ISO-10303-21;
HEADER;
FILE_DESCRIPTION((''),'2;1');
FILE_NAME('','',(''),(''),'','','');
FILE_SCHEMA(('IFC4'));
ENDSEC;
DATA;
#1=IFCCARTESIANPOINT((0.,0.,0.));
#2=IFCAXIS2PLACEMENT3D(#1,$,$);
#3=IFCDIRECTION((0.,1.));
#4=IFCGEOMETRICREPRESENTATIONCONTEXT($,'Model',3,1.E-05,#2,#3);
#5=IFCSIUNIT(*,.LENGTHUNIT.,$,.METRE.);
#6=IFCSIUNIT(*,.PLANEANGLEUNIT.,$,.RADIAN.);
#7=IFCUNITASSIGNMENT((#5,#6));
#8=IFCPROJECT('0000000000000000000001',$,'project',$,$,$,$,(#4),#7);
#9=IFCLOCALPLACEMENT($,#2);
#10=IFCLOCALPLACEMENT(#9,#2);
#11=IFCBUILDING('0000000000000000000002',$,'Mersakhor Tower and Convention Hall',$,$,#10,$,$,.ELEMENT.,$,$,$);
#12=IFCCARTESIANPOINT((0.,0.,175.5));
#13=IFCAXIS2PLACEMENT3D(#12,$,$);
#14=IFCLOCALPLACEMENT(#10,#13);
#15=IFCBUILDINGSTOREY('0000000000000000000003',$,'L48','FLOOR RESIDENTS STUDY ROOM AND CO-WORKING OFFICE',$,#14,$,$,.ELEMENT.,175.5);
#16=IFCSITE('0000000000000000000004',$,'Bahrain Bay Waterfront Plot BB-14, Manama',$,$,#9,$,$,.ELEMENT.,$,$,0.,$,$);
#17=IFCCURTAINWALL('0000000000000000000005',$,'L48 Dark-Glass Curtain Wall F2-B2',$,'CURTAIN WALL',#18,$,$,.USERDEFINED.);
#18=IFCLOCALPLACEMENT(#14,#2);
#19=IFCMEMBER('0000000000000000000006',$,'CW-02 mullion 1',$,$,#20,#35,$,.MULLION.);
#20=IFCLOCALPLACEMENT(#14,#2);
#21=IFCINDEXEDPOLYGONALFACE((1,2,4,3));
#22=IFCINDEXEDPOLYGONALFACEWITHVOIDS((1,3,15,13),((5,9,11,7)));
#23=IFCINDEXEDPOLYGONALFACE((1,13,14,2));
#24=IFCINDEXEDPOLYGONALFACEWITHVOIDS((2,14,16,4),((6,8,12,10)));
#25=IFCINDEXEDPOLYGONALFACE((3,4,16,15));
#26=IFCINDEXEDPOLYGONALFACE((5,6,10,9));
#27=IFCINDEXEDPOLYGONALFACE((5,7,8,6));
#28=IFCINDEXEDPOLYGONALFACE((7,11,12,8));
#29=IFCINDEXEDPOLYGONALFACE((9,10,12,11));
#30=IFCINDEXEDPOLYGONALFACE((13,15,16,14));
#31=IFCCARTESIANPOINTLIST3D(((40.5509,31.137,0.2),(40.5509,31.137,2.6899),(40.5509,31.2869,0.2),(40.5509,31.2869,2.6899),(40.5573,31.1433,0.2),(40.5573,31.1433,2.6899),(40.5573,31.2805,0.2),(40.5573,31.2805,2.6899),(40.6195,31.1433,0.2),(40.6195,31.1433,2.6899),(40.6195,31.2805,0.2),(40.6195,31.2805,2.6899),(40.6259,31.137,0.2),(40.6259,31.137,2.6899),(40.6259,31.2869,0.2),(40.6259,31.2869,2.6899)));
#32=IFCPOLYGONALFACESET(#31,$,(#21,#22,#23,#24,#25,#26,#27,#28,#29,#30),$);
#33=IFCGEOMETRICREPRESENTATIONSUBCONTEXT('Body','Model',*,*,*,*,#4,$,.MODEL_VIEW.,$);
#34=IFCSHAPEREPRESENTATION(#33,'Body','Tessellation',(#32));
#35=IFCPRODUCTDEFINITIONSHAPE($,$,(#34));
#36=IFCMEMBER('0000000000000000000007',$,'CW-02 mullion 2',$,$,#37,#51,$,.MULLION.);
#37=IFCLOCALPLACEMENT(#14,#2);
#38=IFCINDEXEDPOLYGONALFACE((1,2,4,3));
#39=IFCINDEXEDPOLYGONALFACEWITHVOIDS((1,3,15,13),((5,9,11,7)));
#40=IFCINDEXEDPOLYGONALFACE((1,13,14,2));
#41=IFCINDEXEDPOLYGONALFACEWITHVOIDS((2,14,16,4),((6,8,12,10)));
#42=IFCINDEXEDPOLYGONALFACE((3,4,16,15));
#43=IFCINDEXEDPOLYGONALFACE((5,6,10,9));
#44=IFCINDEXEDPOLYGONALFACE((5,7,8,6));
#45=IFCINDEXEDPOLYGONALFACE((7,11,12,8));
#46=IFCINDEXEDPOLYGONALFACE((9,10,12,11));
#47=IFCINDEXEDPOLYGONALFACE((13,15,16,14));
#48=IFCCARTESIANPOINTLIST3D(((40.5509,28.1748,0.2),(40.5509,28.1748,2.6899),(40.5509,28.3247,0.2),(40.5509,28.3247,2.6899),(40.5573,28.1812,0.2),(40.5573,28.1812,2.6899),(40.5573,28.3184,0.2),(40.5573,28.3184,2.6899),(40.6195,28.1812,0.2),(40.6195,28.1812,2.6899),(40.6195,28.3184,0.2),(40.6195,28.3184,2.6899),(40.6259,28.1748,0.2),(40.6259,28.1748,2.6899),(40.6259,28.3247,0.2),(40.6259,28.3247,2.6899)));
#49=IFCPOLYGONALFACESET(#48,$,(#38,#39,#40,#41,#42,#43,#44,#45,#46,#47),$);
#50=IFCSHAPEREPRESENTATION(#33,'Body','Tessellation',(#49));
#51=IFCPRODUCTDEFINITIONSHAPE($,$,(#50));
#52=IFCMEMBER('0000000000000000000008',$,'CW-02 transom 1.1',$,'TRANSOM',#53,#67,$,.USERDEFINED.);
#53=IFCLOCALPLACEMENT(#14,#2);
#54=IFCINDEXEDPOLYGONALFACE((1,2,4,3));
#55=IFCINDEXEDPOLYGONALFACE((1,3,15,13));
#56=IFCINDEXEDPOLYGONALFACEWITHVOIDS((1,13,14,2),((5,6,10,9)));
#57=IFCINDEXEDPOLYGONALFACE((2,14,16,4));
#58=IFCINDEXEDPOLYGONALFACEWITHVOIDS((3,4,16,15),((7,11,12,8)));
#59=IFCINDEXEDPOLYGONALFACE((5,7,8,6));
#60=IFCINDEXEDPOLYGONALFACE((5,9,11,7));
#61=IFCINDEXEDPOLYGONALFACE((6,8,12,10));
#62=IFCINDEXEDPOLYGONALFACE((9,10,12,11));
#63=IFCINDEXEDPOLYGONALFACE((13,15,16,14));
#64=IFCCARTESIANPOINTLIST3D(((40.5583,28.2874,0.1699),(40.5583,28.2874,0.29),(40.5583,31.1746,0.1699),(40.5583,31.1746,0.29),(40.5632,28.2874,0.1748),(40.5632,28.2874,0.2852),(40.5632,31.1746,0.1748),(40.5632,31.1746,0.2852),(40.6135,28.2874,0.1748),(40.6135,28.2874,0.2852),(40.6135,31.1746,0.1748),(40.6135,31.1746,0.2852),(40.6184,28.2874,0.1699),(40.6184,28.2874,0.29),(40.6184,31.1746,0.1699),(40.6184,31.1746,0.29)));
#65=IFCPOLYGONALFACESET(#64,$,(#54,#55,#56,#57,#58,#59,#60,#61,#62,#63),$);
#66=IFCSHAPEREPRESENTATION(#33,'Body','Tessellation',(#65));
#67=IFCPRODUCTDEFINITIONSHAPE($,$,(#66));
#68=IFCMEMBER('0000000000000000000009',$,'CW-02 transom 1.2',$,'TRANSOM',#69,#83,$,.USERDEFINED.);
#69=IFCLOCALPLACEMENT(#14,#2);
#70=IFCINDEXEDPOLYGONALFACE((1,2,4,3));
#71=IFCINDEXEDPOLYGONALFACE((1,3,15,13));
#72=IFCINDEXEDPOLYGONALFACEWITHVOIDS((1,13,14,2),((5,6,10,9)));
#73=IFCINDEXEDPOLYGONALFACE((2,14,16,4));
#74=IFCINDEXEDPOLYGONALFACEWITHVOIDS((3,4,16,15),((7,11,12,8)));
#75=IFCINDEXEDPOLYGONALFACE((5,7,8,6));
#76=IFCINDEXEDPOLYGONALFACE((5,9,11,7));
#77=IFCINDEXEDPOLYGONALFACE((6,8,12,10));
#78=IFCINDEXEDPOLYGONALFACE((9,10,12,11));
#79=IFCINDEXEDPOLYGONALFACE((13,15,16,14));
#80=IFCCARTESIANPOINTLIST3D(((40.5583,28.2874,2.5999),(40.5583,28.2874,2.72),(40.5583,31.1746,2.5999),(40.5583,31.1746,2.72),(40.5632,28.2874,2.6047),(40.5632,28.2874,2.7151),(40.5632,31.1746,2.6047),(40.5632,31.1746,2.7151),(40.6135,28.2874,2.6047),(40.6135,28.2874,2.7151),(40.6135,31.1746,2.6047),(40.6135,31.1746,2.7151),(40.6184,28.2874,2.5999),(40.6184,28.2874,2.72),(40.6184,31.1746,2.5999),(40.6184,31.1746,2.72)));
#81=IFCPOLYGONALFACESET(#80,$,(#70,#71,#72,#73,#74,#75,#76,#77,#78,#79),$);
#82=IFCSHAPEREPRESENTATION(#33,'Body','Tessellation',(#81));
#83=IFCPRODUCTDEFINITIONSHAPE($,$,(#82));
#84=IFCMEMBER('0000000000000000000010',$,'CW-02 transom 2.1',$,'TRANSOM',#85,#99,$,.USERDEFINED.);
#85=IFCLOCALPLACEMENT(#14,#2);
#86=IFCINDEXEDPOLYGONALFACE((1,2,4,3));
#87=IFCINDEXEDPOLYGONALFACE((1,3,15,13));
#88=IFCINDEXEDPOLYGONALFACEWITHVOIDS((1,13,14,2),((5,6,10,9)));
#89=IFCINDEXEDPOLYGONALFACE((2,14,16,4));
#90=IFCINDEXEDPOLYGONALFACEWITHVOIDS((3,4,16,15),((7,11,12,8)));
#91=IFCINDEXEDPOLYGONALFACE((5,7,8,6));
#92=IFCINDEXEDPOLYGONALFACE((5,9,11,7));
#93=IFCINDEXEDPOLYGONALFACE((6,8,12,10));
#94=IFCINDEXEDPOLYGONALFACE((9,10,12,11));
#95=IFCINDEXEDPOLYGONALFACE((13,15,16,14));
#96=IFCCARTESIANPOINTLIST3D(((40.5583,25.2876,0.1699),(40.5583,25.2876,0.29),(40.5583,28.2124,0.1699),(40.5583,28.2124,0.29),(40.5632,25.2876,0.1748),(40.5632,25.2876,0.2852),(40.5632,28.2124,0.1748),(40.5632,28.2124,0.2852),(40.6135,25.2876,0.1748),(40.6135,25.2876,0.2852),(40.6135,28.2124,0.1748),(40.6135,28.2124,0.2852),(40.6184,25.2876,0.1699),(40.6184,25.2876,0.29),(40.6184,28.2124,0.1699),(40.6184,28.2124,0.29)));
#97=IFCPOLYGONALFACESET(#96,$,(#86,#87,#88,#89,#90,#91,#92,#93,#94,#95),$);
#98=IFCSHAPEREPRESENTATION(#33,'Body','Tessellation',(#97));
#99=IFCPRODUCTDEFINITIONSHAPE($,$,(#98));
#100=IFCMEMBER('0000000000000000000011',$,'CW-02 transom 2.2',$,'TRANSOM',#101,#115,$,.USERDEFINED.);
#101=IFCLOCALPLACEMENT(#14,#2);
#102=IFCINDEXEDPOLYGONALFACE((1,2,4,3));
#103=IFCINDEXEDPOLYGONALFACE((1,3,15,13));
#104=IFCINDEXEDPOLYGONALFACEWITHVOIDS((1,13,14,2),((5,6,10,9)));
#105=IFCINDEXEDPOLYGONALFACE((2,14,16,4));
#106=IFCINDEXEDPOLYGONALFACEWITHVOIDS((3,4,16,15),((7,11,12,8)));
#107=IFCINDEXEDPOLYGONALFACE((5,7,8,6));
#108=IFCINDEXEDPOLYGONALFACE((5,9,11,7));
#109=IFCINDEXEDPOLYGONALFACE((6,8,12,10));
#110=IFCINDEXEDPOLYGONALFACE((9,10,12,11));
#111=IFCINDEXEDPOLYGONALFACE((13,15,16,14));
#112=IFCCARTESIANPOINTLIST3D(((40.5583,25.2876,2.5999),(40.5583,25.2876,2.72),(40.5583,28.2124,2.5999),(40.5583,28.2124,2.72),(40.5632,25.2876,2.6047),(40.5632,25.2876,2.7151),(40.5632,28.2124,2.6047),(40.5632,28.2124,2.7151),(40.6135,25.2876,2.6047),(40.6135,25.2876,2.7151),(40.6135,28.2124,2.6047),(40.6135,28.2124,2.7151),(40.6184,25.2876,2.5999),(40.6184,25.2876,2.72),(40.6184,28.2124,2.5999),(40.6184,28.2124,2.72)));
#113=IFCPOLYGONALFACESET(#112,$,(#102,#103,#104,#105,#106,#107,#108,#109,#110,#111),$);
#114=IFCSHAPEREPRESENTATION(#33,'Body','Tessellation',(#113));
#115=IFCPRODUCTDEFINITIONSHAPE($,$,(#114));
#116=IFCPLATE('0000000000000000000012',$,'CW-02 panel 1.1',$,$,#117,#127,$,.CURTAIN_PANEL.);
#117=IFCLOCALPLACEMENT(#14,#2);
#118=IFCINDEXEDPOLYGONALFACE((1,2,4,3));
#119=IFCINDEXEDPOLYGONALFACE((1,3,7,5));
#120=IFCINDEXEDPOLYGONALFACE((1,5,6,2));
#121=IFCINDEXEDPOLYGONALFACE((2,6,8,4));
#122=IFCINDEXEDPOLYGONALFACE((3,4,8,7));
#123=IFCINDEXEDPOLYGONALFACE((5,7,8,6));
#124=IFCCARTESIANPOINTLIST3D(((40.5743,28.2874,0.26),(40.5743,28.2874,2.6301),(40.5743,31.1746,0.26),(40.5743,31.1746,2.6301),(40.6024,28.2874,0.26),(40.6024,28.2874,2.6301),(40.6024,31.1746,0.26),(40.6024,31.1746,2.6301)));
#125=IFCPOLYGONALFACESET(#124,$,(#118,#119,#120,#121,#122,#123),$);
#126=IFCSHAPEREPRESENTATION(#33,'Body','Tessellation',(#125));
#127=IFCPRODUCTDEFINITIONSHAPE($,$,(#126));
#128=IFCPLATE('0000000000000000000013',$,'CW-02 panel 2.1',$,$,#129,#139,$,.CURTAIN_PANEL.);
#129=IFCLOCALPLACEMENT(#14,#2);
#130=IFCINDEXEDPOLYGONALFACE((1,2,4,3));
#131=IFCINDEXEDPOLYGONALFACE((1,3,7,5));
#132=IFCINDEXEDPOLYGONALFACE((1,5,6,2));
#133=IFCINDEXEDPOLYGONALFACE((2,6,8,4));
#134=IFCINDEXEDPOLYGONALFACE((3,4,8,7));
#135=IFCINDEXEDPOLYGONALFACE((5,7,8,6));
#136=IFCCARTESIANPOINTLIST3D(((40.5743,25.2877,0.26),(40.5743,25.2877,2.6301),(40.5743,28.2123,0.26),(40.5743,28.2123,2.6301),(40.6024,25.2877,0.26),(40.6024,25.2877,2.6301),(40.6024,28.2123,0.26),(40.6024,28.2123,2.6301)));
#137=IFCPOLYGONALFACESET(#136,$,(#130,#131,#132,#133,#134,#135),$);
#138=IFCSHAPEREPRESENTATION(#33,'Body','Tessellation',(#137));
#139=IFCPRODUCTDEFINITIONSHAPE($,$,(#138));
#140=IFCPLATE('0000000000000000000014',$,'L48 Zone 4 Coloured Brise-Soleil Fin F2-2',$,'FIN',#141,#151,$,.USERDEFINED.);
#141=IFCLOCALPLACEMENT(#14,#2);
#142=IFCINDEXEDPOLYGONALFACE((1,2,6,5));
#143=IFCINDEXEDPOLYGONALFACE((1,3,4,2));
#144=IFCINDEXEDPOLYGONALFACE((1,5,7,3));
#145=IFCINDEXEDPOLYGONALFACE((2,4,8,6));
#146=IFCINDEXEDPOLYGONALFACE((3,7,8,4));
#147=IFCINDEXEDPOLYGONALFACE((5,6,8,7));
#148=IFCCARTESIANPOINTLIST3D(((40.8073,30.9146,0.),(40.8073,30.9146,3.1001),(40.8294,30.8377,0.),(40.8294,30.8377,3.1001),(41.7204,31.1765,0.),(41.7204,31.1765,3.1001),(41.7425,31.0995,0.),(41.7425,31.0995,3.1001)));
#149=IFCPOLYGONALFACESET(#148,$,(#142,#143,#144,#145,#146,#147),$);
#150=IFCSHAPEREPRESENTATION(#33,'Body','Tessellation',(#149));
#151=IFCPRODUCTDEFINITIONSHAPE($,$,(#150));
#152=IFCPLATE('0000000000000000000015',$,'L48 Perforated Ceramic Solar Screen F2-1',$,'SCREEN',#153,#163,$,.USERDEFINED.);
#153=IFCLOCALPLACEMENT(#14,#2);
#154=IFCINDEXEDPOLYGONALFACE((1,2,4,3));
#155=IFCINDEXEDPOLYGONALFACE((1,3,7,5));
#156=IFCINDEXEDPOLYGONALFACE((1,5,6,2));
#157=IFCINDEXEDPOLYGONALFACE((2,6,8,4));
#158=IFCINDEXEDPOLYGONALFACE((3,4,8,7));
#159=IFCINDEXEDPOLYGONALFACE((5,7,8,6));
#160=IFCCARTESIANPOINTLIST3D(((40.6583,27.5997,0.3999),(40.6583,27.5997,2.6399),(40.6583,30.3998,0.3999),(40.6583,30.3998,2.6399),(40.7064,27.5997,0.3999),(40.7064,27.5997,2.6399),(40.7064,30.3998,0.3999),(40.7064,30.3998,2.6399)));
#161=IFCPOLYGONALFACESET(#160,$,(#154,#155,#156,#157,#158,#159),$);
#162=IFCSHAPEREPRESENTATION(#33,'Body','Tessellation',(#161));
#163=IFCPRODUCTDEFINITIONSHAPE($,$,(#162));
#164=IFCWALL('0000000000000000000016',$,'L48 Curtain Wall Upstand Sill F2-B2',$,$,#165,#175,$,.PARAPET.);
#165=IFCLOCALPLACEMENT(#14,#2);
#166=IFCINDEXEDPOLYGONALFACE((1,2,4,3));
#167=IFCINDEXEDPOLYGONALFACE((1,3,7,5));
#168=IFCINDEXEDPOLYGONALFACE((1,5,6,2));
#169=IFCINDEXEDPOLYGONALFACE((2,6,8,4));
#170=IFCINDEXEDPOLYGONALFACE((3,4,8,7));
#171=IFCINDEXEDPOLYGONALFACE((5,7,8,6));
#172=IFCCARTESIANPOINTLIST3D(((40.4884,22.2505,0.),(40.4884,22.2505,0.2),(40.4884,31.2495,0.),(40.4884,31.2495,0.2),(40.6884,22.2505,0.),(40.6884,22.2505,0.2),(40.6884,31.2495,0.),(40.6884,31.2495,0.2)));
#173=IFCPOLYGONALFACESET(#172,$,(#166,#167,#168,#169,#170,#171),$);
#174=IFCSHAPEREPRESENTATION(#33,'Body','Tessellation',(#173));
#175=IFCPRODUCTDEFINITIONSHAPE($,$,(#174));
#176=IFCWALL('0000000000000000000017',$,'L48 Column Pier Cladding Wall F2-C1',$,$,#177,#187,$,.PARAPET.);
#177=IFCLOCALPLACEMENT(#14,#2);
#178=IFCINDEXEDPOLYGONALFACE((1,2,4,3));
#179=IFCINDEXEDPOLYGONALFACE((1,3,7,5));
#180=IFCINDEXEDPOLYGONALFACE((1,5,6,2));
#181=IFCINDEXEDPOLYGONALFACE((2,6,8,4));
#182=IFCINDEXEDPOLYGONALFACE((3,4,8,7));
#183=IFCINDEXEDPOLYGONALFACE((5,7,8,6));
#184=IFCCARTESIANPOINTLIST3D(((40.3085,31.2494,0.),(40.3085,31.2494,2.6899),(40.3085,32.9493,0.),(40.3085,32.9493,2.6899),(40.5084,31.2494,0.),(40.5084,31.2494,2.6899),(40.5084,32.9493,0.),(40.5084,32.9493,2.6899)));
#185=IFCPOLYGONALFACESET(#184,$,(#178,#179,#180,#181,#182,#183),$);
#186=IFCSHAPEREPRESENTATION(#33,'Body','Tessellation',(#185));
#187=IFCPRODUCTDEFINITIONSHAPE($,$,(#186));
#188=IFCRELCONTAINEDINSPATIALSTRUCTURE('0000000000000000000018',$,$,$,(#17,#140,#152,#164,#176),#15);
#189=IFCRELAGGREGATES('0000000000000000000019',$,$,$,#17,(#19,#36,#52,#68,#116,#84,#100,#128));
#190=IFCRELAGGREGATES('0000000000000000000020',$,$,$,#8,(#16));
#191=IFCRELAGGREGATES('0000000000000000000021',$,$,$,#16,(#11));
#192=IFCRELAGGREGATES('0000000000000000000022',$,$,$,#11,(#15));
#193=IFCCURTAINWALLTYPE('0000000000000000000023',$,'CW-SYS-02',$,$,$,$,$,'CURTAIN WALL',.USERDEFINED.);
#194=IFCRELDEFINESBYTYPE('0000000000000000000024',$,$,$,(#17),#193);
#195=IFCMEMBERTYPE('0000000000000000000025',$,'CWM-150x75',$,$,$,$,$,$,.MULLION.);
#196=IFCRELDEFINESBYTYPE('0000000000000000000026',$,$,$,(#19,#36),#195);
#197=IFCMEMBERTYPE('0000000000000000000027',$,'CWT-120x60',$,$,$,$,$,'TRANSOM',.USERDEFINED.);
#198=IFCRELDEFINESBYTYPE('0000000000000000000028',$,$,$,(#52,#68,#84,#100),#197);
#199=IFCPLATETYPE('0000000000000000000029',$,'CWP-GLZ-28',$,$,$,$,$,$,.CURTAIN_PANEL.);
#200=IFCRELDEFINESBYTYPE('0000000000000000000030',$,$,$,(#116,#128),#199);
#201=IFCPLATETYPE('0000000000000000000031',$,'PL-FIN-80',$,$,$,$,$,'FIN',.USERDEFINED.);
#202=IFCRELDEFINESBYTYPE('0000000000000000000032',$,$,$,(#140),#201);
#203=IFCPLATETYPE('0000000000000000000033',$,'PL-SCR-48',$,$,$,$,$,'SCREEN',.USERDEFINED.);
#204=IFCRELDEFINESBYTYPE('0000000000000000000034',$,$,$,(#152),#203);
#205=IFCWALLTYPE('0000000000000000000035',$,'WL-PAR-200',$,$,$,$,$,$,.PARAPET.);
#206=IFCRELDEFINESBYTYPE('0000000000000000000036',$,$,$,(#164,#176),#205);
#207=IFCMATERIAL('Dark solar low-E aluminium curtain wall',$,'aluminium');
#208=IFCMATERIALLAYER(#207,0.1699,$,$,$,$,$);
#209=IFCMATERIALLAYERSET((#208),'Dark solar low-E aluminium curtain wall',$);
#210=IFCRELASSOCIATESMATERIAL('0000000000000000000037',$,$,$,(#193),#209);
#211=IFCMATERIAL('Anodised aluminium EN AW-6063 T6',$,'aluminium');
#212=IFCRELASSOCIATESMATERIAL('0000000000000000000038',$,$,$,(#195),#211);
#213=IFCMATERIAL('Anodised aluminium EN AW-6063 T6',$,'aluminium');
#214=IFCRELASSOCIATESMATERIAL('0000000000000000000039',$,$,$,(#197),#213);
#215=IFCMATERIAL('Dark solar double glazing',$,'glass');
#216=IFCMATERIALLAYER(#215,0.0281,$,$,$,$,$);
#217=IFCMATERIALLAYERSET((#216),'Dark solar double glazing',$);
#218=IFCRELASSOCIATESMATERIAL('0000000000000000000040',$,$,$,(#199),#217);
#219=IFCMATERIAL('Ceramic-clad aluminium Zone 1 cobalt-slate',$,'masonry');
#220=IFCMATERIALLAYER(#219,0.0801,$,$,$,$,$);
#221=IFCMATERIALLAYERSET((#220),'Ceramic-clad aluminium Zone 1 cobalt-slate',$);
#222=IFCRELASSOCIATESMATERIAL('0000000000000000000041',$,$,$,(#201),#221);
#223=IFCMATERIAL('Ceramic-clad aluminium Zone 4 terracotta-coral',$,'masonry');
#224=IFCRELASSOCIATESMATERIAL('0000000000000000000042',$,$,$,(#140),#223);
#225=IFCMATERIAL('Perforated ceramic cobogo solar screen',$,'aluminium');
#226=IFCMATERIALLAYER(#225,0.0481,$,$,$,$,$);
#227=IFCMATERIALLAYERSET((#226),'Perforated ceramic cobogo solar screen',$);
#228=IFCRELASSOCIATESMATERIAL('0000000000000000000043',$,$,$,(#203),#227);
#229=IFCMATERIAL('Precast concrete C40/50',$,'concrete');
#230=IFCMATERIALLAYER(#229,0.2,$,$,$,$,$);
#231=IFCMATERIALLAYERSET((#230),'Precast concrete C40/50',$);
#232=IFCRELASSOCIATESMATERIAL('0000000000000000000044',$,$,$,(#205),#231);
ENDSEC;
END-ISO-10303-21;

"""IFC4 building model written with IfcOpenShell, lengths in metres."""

from ifc_helpers import new_model, si_unit, direction, frame, frame_2d, origin, origin_2d, place, context, subcontext, project, spatial, rectangle, hollow_rectangle, extrude, material, layer, layer_set, material_profile, profile_set, type_object, element, aggregate, save


model = new_model("IFC4")

# Units and contexts
model_context = context("Model", 3, precision=1e-05, world=origin(), true_north=direction((0.0, 1.0)))
body_context = subcontext(model_context, "Body", "Model", "MODEL_VIEW")
ifc_project = project(units=[si_unit("LENGTHUNIT", "METRE"), si_unit("PLANEANGLEUNIT", "RADIAN")], contexts=[model_context])

# Site, building, storey
site_placement = place(None, origin())
site = spatial("IfcSite", under=ifc_project, at=site_placement, Name="Bahrain Bay Waterfront Plot BB-14, Manama", CompositionType="ELEMENT", RefElevation=0.0)
building_placement = place(site_placement, origin())
building = spatial("IfcBuilding", under=site, at=building_placement, Name="Mersakhor Tower and Convention Hall", CompositionType="ELEMENT")
storey_placement = place(building_placement, frame((0.0, 0.0, 175.5)))
storey = spatial("IfcBuildingStorey", under=building, at=storey_placement, Name="L48", Description="FLOOR RESIDENTS STUDY ROOM AND CO-WORKING OFFICE", CompositionType="ELEMENT", Elevation=175.5)

# Curtain wall, members, plates
ifc_material_1 = material(Name="Dark solar low-E aluminium curtain wall", Category="aluminium")
ifc_layer_1 = layer(ifc_material_1, 0.1699)
ifc_layer_set_1 = layer_set([ifc_layer_1], Name="Dark solar low-E aluminium curtain wall")
curtain_wall_type = type_object("IfcCurtainWallType", Name="CW-SYS-02", ElementType="CURTAIN WALL", PredefinedType="USERDEFINED", material=ifc_layer_set_1)
curtain_wall_placement = place(storey_placement, origin())
curtain_wall = element("IfcCurtainWall", 1, at=curtain_wall_placement, inside=storey, type_object=curtain_wall_type, Name="L48 Dark-Glass Curtain Wall F2-B2", ObjectType="CURTAIN WALL", PredefinedType="USERDEFINED")
ifc_material_2 = material(Name="Anodised aluminium EN AW-6063 T6", Category="aluminium")
ifc_material_profile_1 = material_profile(ifc_material_2, hollow_rectangle(XDim=0.075, YDim=0.1499, WallThickness=0.0063, at=origin_2d()), Name="RHS 150x75x6.3")
ifc_profile_set_1 = profile_set([ifc_material_profile_1], Name="Anodised aluminium EN AW-6063 T6")
member_type_1 = type_object("IfcMemberType", Name="CWM-150x75", PredefinedType="MULLION", material=ifc_profile_set_1)
member_1_placement = place(storey_placement, frame((40.5884, 31.2119, 0.2), z_axis=(0.0, 0.0, 1.0), x_axis=(1.0, 0.0, 0.0)))
member_1 = element("IfcMember", 2, at=member_1_placement, type_object=member_type_1, Name="CW-02 mullion 1", PredefinedType="MULLION", context=body_context, shape_type="SweptSolid", body=[
    extrude(hollow_rectangle(XDim=0.075, YDim=0.1499, WallThickness=0.0063, at=origin_2d()), origin(), (0.0, 0.0, 1.0), 2.49),
])
member_2_placement = place(storey_placement, frame((40.5884, 28.2498, 0.2), z_axis=(0.0, 0.0, 1.0), x_axis=(1.0, 0.0, 0.0)))
member_2 = element("IfcMember", 3, at=member_2_placement, type_object=member_type_1, Name="CW-02 mullion 2", PredefinedType="MULLION", context=body_context, shape_type="SweptSolid", body=[
    extrude(hollow_rectangle(XDim=0.075, YDim=0.1499, WallThickness=0.0063, at=origin_2d()), origin(), (0.0, 0.0, 1.0), 2.49),
])
ifc_material_3 = material(Name="Anodised aluminium EN AW-6063 T6", Category="aluminium")
ifc_material_profile_2 = material_profile(ifc_material_3, hollow_rectangle(XDim=0.0601, YDim=0.1201, WallThickness=0.0049, at=origin_2d()), Name="RHS 120x60x5")
ifc_profile_set_2 = profile_set([ifc_material_profile_2], Name="Anodised aluminium EN AW-6063 T6")
member_type_2 = type_object("IfcMemberType", Name="CWT-120x60", ElementType="TRANSOM", PredefinedType="USERDEFINED", material=ifc_profile_set_2)
member_3_placement = place(storey_placement, frame((40.5884, 31.1746, 0.23), z_axis=(0.0, -1.0, 0.0), x_axis=(1.0, 0.0, 0.0)))
member_3 = element("IfcMember", 4, at=member_3_placement, type_object=member_type_2, Name="CW-02 transom 1.1", ObjectType="TRANSOM", PredefinedType="USERDEFINED", context=body_context, shape_type="SweptSolid", body=[
    extrude(hollow_rectangle(XDim=0.0601, YDim=0.1201, WallThickness=0.0049, at=origin_2d()), origin(), (0.0, 0.0, 1.0), 2.8872),
])
member_4_placement = place(storey_placement, frame((40.5884, 31.1746, 2.6599), z_axis=(0.0, -1.0, 0.0), x_axis=(1.0, 0.0, 0.0)))
member_4 = element("IfcMember", 5, at=member_4_placement, type_object=member_type_2, Name="CW-02 transom 1.2", ObjectType="TRANSOM", PredefinedType="USERDEFINED", context=body_context, shape_type="SweptSolid", body=[
    extrude(hollow_rectangle(XDim=0.0601, YDim=0.1201, WallThickness=0.0049, at=origin_2d()), origin(), (0.0, 0.0, 1.0), 2.8872),
])
member_5_placement = place(storey_placement, frame((40.5884, 28.2124, 0.23), z_axis=(0.0, -1.0, 0.0), x_axis=(1.0, 0.0, 0.0)))
member_5 = element("IfcMember", 6, at=member_5_placement, type_object=member_type_2, Name="CW-02 transom 2.1", ObjectType="TRANSOM", PredefinedType="USERDEFINED", context=body_context, shape_type="SweptSolid", body=[
    extrude(hollow_rectangle(XDim=0.0601, YDim=0.1201, WallThickness=0.0049, at=origin_2d()), origin(), (0.0, 0.0, 1.0), 2.9248),
])
member_6_placement = place(storey_placement, frame((40.5884, 28.2124, 2.6599), z_axis=(0.0, -1.0, 0.0), x_axis=(1.0, 0.0, 0.0)))
member_6 = element("IfcMember", 7, at=member_6_placement, type_object=member_type_2, Name="CW-02 transom 2.2", ObjectType="TRANSOM", PredefinedType="USERDEFINED", context=body_context, shape_type="SweptSolid", body=[
    extrude(hollow_rectangle(XDim=0.0601, YDim=0.1201, WallThickness=0.0049, at=origin_2d()), origin(), (0.0, 0.0, 1.0), 2.9248),
])
ifc_material_4 = material(Name="Dark solar double glazing", Category="glass")
ifc_layer_2 = layer(ifc_material_4, 0.0281)
ifc_layer_set_2 = layer_set([ifc_layer_2], Name="Dark solar double glazing")
plate_type_1 = type_object("IfcPlateType", Name="CWP-GLZ-28", PredefinedType="CURTAIN_PANEL", material=ifc_layer_set_2)
plate_1_placement = place(storey_placement, frame((40.5884, 29.731, 0.26), z_axis=(0.0, 0.0, 1.0), x_axis=(0.0, -1.0, 0.0)))
plate_1 = element("IfcPlate", 8, at=plate_1_placement, type_object=plate_type_1, Name="CW-02 panel 1.1", PredefinedType="CURTAIN_PANEL", context=body_context, shape_type="SweptSolid", body=[
    extrude(rectangle(XDim=2.8872, YDim=0.0281, at=origin_2d()), origin(), (0.0, 0.0, 1.0), 2.3701),
])
plate_2_placement = place(storey_placement, frame((40.5884, 26.75, 0.26), z_axis=(0.0, 0.0, 1.0), x_axis=(0.0, -1.0, 0.0)))
plate_2 = element("IfcPlate", 9, at=plate_2_placement, type_object=plate_type_1, Name="CW-02 panel 2.1", PredefinedType="CURTAIN_PANEL", context=body_context, shape_type="SweptSolid", body=[
    extrude(rectangle(XDim=2.9246, YDim=0.0281, at=origin_2d()), origin(), (0.0, 0.0, 1.0), 2.3701),
])
aggregate(curtain_wall, [member_1, member_2, member_3, member_4, plate_1, member_5, member_6, plate_2])

# Plates
ifc_material_5 = material(Name="Ceramic-clad aluminium Zone 4 terracotta-coral", Category="masonry")
ifc_material_6 = material(Name="Ceramic-clad aluminium Zone 1 cobalt-slate", Category="masonry")
ifc_layer_3 = layer(ifc_material_6, 0.0801)
ifc_layer_set_3 = layer_set([ifc_layer_3], Name="Ceramic-clad aluminium Zone 1 cobalt-slate")
plate_type_2 = type_object("IfcPlateType", Name="PL-FIN-80", ElementType="FIN", PredefinedType="USERDEFINED", material=ifc_layer_set_3)
plate_3_placement = place(storey_placement, frame((41.2749, 31.0071, 0.0), z_axis=(0.0, 0.0, 1.0), x_axis=(0.961262, 0.275637, 0.0)))
element("IfcPlate", 10, at=plate_3_placement, inside=storey, type_object=plate_type_2, material=ifc_material_5, Name="L48 Zone 4 Coloured Brise-Soleil Fin F2-2", ObjectType="FIN", PredefinedType="USERDEFINED", context=body_context, shape_type="SweptSolid", body=[
    extrude(rectangle(XDim=0.95, YDim=0.0801, at=origin_2d()), origin(), (0.0, 0.0, 1.0), 3.1001),
])
ifc_material_7 = material(Name="Perforated ceramic cobogo solar screen", Category="aluminium")
ifc_layer_4 = layer(ifc_material_7, 0.0481)
ifc_layer_set_4 = layer_set([ifc_layer_4], Name="Perforated ceramic cobogo solar screen")
plate_type_3 = type_object("IfcPlateType", Name="PL-SCR-48", ElementType="SCREEN", PredefinedType="USERDEFINED", material=ifc_layer_set_4)
plate_4_placement = place(storey_placement, frame((40.6824, 28.9998, 0.3999), z_axis=(0.0, 0.0, 1.0), x_axis=(0.0, -1.0, 0.0)))
element("IfcPlate", 11, at=plate_4_placement, inside=storey, type_object=plate_type_3, Name="L48 Perforated Ceramic Solar Screen F2-1", ObjectType="SCREEN", PredefinedType="USERDEFINED", context=body_context, shape_type="SweptSolid", body=[
    extrude(rectangle(XDim=2.8, YDim=0.0481, at=origin_2d()), origin(), (0.0, 0.0, 1.0), 2.24),
])

# Walls
ifc_material_8 = material(Name="Precast concrete C40/50", Category="concrete")
ifc_layer_5 = layer(ifc_material_8, 0.2)
ifc_layer_set_5 = layer_set([ifc_layer_5], Name="Precast concrete C40/50")
wall_type_1 = type_object("IfcWallType", Name="WL-PAR-200", PredefinedType="PARAPET", material=ifc_layer_set_5)
wall_1_placement = place(storey_placement, frame((40.5884, 31.2495, 0.0), z_axis=(0.0, 0.0, 1.0), x_axis=(0.0, -1.0, 0.0)))
element("IfcWall", 12, at=wall_1_placement, inside=storey, type_object=wall_type_1, Name="L48 Curtain Wall Upstand Sill F2-B2", PredefinedType="PARAPET", context=body_context, shape_type="SweptSolid", body=[
    extrude(rectangle(XDim=8.999, YDim=0.2, at=frame_2d((4.4995, 0.0))), origin(), (0.0, 0.0, 1.0), 0.2),
])
wall_2_placement = place(storey_placement, frame((40.4084, 32.9495, 0.0), z_axis=(0.0, 0.0, 1.0), x_axis=(0.0, -1.0, 0.0)))
element("IfcWall", 13, at=wall_2_placement, inside=storey, type_object=wall_type_1, Name="L48 Column Pier Cladding Wall F2-C1", PredefinedType="PARAPET", context=body_context, shape_type="SweptSolid", body=[
    extrude(rectangle(XDim=1.7, YDim=0.2, at=frame_2d((0.8501, 0.0))), origin(), (0.0, 0.0, 1.0), 2.6899),
])

save(model, "model.ifc")
